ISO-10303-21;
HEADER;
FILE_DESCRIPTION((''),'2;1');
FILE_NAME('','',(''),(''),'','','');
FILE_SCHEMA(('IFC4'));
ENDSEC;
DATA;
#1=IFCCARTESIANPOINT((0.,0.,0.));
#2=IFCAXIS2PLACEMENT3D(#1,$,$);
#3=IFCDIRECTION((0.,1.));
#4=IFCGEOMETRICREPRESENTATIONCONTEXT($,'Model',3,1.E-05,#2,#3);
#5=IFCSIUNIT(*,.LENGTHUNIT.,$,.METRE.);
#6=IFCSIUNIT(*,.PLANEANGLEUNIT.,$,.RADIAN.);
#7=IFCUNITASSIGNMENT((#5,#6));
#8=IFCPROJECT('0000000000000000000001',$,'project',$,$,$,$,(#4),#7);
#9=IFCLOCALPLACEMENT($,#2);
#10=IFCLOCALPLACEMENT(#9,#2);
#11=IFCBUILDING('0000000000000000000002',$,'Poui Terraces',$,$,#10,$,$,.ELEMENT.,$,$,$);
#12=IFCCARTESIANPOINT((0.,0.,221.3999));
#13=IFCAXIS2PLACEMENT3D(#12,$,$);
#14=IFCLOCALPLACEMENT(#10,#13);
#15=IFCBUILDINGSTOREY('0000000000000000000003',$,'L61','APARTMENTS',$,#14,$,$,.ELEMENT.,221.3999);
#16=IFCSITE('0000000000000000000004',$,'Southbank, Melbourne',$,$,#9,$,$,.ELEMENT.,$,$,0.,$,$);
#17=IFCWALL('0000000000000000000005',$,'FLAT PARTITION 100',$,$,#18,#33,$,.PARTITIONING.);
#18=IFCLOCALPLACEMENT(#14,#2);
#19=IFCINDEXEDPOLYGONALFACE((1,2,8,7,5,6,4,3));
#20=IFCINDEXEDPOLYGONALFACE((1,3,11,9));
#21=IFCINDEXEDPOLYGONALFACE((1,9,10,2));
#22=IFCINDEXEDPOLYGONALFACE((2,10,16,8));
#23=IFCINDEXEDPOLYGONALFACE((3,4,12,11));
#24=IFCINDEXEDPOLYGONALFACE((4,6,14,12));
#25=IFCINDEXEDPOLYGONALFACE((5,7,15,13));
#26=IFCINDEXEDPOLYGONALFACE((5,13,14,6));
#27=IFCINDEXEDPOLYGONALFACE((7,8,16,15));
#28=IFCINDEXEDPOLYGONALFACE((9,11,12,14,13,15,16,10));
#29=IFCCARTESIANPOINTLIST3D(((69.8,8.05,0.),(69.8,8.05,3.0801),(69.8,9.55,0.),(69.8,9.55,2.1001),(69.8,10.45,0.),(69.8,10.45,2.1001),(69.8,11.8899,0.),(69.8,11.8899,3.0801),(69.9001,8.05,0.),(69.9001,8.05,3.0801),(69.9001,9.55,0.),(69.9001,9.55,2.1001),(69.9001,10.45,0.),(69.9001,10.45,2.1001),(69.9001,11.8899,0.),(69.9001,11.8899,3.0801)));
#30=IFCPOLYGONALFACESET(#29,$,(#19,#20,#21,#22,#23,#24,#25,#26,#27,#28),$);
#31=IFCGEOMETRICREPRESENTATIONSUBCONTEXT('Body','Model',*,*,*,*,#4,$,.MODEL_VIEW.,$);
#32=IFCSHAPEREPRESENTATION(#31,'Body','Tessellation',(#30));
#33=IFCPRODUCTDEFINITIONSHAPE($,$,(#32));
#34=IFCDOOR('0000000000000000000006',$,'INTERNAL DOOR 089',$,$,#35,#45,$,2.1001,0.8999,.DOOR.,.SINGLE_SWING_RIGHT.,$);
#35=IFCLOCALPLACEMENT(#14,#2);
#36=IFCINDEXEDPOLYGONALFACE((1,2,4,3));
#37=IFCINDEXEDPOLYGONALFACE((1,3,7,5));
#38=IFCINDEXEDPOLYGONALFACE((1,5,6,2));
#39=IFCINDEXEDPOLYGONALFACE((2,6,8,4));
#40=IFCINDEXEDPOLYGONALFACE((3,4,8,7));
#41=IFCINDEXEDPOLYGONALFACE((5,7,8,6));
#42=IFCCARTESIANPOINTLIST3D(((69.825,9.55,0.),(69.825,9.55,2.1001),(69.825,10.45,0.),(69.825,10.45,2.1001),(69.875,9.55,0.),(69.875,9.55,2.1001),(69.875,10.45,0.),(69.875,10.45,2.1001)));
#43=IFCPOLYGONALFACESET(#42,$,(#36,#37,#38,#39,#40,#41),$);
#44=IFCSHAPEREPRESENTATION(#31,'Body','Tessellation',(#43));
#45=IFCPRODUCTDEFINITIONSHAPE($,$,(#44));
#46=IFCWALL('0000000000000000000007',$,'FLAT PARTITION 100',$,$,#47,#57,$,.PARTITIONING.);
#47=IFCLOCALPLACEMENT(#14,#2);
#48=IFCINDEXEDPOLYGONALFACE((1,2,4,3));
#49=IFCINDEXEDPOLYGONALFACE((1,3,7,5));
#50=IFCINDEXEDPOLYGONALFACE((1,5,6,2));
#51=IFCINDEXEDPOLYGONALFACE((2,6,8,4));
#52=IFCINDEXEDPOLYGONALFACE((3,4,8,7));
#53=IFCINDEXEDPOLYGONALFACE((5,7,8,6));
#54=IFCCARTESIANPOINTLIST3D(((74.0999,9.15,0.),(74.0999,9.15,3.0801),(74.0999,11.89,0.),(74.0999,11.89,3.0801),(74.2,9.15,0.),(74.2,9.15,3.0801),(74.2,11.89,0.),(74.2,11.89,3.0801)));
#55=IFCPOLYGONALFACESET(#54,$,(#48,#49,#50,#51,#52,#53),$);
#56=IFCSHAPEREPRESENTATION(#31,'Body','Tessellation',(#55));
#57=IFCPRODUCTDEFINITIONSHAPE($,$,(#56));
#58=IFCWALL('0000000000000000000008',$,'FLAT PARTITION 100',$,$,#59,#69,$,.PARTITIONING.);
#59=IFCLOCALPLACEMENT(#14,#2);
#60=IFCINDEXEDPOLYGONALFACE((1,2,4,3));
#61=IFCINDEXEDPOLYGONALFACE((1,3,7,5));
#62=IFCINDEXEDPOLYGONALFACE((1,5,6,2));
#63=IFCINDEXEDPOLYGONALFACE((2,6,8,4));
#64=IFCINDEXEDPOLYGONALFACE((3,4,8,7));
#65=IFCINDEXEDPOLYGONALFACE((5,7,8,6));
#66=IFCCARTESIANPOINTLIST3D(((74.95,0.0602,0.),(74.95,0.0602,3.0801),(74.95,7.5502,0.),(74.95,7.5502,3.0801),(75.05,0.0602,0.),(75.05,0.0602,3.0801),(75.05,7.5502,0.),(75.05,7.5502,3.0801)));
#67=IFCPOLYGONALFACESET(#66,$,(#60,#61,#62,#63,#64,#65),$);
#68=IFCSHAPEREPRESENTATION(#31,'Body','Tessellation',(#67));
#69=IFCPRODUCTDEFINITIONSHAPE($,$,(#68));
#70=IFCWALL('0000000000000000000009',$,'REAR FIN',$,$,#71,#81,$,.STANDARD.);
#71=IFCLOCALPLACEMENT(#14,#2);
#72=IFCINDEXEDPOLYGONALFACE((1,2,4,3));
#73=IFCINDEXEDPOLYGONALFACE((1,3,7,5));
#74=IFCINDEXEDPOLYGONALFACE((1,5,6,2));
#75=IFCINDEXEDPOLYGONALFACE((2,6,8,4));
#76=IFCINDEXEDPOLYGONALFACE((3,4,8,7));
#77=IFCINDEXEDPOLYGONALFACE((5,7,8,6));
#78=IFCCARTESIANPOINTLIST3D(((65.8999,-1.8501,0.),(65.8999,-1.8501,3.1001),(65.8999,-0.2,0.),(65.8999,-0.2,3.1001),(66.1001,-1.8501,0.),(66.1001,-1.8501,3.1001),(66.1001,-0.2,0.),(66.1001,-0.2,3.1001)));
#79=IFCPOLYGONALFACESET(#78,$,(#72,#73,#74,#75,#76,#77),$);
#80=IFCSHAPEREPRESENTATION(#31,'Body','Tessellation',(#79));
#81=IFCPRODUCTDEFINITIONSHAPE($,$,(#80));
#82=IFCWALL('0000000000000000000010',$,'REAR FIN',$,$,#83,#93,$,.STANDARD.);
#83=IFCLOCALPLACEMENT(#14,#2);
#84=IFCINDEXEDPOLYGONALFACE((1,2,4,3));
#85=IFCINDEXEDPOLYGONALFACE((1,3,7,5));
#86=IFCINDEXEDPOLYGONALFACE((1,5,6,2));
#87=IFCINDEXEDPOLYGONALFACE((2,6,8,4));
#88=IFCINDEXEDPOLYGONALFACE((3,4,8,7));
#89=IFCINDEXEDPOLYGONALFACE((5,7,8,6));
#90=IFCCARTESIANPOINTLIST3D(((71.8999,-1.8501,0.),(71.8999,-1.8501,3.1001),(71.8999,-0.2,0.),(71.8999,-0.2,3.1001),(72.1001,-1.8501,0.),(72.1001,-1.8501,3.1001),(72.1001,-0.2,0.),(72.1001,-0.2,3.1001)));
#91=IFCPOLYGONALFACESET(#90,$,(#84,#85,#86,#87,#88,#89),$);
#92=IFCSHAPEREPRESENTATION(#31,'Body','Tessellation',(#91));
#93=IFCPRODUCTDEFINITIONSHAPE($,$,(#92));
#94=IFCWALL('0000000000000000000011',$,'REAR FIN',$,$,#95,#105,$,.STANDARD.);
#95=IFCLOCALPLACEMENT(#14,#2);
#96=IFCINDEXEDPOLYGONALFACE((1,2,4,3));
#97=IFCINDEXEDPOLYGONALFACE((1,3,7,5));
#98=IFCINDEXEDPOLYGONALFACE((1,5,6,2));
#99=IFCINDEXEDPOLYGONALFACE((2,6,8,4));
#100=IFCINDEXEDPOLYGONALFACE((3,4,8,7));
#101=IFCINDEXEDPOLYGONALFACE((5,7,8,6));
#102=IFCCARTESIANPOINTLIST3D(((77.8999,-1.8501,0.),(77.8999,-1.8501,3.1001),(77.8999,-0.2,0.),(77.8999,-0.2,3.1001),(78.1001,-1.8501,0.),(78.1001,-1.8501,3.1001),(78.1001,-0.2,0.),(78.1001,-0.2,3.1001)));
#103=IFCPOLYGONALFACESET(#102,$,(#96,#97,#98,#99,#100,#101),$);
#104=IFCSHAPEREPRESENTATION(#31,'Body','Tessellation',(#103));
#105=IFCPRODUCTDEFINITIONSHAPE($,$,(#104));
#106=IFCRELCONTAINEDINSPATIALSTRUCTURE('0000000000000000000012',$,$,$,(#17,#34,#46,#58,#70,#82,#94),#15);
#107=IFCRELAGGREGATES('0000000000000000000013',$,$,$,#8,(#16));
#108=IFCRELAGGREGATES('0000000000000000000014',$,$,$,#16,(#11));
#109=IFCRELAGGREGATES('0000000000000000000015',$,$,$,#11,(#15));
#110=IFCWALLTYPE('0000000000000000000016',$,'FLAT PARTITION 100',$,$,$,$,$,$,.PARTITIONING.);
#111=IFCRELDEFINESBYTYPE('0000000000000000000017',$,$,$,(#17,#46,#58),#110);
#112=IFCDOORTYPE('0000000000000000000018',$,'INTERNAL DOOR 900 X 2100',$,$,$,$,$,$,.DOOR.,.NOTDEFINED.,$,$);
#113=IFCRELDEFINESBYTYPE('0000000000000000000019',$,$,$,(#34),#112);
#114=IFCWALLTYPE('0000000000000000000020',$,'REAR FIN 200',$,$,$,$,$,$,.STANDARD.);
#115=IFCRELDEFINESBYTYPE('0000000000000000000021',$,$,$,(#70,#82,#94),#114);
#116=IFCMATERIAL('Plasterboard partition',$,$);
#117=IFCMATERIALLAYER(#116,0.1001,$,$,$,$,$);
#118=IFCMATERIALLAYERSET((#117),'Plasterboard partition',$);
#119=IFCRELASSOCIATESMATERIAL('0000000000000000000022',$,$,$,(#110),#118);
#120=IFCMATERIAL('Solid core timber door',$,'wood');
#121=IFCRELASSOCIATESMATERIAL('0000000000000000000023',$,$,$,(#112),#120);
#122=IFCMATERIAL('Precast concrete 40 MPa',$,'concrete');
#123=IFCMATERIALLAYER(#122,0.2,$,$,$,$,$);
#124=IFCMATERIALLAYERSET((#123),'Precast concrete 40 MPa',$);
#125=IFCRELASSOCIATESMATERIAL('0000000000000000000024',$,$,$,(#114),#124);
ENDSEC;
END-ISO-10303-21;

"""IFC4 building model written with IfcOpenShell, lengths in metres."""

from ifc_helpers import new_model, si_unit, direction, frame, frame_2d, origin, place, context, subcontext, project, spatial, polyline, rectangle, outline, extrude, source, transform, mapped, material, layer, layer_set, type_object, element, fill, save


model = new_model("IFC4")

# Units and contexts
model_context = context("Model", 3, precision=1e-05, world=origin(), true_north=direction((0.0, 1.0)))
body_context = subcontext(model_context, "Body", "Model", "MODEL_VIEW")
ifc_project = project(units=[si_unit("LENGTHUNIT", "METRE"), si_unit("PLANEANGLEUNIT", "RADIAN")], contexts=[model_context])

# Site, building, storey
site_placement = place(None, origin())
site = spatial("IfcSite", under=ifc_project, at=site_placement, Name="Southbank, Melbourne", CompositionType="ELEMENT", RefElevation=0.0)
building_placement = place(site_placement, origin())
building = spatial("IfcBuilding", under=site, at=building_placement, Name="Poui Terraces", CompositionType="ELEMENT")
storey_placement = place(building_placement, frame((0.0, 0.0, 221.3999)))
storey = spatial("IfcBuildingStorey", under=building, at=storey_placement, Name="L61", Description="APARTMENTS", CompositionType="ELEMENT", Elevation=221.3999)

# Shared definitions
ifc_material_1 = material(Name="Precast concrete 40 MPa", Category="concrete")

# Shared definitions
ifc_material_2 = material(Name="Plasterboard partition")
ifc_layer_1 = layer(ifc_material_2, 0.1001)
ifc_layer_set_1 = layer_set([ifc_layer_1], Name="Plasterboard partition")
wall_type_1 = type_object("IfcWallType", Name="FLAT PARTITION 100", PredefinedType="PARTITIONING", material=ifc_layer_set_1)
ifc_material_3 = material(Name="Solid core timber door", Category="wood")
door_type_1 = type_object("IfcDoorType", Name="INTERNAL DOOR 900 X 2100", OperationType="NOTDEFINED", PredefinedType="DOOR", material=ifc_material_3)

# Wall, opening, door
wall_1_placement = place(storey_placement, frame((69.8501, 8.05, 0.0), z_axis=(0.0, 0.0, 1.0), x_axis=(0.0, 1.0, 0.0)))
wall_1 = element("IfcWall", 1, at=wall_1_placement, inside=storey, type_object=wall_type_1, Name="FLAT PARTITION 100", PredefinedType="PARTITIONING", context=body_context, shape_type="SweptSolid", body=[
    extrude(rectangle(XDim=3.8398, YDim=0.1001, at=frame_2d((1.9199, 0.0))), origin(), (0.0, 0.0, 1.0), 3.0801),
])
opening_1_placement = place(wall_1_placement, frame((1.5, 0.0, 0.0)))
opening_1 = element("IfcOpeningElement", 2, at=opening_1_placement, cuts=wall_1, PredefinedType="OPENING", context=body_context, shape_type="SweptSolid", body=[
    extrude(rectangle(XDim=0.8999, YDim=2.1001, at=frame_2d((0.45, 1.05))), frame((0.0, 0.0601, 0.0), z_axis=(0.0, -1.0, 0.0), x_axis=(1.0, 0.0, 0.0)), (0.0, 0.0, 1.0), 0.1201),
])
door_1_placement = place(opening_1_placement, frame((0.8999, 0.0, 0.0), z_axis=(0.0, 0.0, 1.0), x_axis=(-1.0, 0.0, 0.0)))
door_1 = element("IfcDoor", 3, at=door_1_placement, inside=storey, type_object=door_type_1, Name="INTERNAL DOOR 089", OperationType="SINGLE_SWING_RIGHT", OverallHeight=2.1001, OverallWidth=0.8999, PredefinedType="DOOR", context=body_context, shape_type="SweptSolid", body=[
    extrude(rectangle(XDim=0.8999, YDim=2.1001, at=frame_2d((0.45, 1.05))), frame((0.0, 0.0249, 0.0), z_axis=(0.0, -1.0, 0.0), x_axis=(1.0, 0.0, 0.0)), (0.0, 0.0, 1.0), 0.05),
])
fill(opening_1, door_1)

# Walls
wall_2_placement = place(storey_placement, frame((74.1499, 9.1499, 0.0), z_axis=(0.0, 0.0, 1.0), x_axis=(0.0, 1.0, 0.0)))
element("IfcWall", 4, at=wall_2_placement, inside=storey, type_object=wall_type_1, Name="FLAT PARTITION 100", PredefinedType="PARTITIONING", context=body_context, shape_type="SweptSolid", body=[
    extrude(rectangle(XDim=2.74, YDim=0.1001, at=frame_2d((1.3701, 0.0))), origin(), (0.0, 0.0, 1.0), 3.0801),
])
wall_3_placement = place(storey_placement, frame((75.0, 0.0601, 0.0), z_axis=(0.0, 0.0, 1.0), x_axis=(0.0, 1.0, 0.0)))
element("IfcWall", 5, at=wall_3_placement, inside=storey, type_object=wall_type_1, Name="FLAT PARTITION 100", PredefinedType="PARTITIONING", context=body_context, shape_type="SweptSolid", body=[
    extrude(rectangle(XDim=7.49, YDim=0.1001, at=frame_2d((3.7451, 0.0))), origin(), (0.0, 0.0, 1.0), 3.0801),
])
ifc_layer_2 = layer(ifc_material_1, 0.2)
ifc_layer_set_2 = layer_set([ifc_layer_2], Name="Precast concrete 40 MPa")
wall_type_2 = type_object("IfcWallType", Name="REAR FIN 200", PredefinedType="STANDARD", material=ifc_layer_set_2)
shared_shape_1 = source(origin(), body_context, "Body", "SweptSolid", [
    extrude(outline(polyline([(0.0, 0.0), (0.2002, 0.0), (0.2002, 1.6501), (0.0, 1.6501), (0.0, 0.0)])), origin(), (0.0, 0.0, 1.0), 3.1001),
])
for number, where, name in (
    (6, (65.8999, -1.8501, 0.0), "REAR FIN"),
    (7, (71.8999, -1.8501, 0.0), "REAR FIN"),
    (8, (77.8999, -1.8501, 0.0), "REAR FIN"),
):
    element("IfcWall", number, at=place(storey_placement, frame(where)), inside=storey, type_object=wall_type_2, Name=name, PredefinedType="STANDARD", context=body_context, shape_type="MappedRepresentation", body=[
        mapped(shared_shape_1, transform((0.0, 0.0, 0.0))),
    ])

save(model, "model.ifc")
